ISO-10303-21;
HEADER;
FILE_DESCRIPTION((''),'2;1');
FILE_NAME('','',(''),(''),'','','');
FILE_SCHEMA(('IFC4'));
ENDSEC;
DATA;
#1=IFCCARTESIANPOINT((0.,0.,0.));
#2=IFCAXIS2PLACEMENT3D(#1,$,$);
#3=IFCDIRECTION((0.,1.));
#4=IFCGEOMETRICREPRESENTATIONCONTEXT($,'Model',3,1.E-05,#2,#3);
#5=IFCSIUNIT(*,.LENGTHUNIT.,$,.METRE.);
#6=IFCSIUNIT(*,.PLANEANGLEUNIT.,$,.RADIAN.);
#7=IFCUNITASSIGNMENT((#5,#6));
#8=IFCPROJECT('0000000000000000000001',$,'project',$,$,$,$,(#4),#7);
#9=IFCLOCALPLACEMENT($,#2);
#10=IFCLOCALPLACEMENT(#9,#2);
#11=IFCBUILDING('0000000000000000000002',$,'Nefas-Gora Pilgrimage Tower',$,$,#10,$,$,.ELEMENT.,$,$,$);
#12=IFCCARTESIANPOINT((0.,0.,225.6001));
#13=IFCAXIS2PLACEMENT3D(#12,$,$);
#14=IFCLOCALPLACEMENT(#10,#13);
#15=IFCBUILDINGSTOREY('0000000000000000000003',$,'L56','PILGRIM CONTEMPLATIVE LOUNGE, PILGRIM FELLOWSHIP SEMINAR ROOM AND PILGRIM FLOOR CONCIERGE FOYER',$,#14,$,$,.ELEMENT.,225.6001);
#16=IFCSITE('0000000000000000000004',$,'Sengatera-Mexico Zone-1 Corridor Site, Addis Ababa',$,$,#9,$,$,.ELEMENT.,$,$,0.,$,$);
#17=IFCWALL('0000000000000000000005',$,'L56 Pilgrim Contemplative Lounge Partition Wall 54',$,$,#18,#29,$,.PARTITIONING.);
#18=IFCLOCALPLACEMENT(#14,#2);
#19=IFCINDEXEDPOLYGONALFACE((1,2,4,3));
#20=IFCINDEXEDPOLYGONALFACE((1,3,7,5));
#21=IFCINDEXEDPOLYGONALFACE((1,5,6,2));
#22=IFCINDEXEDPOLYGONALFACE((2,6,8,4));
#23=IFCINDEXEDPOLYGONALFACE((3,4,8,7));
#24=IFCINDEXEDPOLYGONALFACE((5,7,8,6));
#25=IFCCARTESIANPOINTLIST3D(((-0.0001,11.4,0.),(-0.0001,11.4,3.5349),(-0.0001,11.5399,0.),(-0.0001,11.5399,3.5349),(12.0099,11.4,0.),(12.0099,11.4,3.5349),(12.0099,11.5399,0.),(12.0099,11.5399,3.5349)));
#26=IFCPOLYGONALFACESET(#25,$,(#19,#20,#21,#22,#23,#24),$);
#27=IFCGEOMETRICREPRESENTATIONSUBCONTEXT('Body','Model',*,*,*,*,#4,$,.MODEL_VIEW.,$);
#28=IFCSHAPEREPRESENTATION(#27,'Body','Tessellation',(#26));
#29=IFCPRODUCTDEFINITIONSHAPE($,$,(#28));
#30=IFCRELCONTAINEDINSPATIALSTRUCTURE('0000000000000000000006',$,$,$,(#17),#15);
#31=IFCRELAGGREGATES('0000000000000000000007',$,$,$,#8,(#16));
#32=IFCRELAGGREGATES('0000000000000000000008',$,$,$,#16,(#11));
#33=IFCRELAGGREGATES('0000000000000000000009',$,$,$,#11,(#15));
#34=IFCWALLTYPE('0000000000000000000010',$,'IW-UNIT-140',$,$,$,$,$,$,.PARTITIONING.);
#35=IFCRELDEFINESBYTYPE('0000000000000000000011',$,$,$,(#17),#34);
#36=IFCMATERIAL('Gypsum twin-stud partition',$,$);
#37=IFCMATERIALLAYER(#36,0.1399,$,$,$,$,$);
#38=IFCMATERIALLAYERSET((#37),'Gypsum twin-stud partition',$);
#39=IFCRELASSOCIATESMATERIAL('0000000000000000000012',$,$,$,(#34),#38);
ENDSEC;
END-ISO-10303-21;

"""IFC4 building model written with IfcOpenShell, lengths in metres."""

from ifc_helpers import new_model, si_unit, direction, frame, frame_2d, origin, place, context, subcontext, project, spatial, rectangle, extrude, source, transform, mapped, material, layer, layer_set, type_object, element, save


model = new_model("IFC4")

# Units and contexts
model_context = context("Model", 3, precision=1e-05, world=origin(), true_north=direction((0.0, 1.0)))
body_context = subcontext(model_context, "Body", "Model", "MODEL_VIEW")
ifc_project = project(units=[si_unit("LENGTHUNIT", "METRE"), si_unit("PLANEANGLEUNIT", "RADIAN")], contexts=[model_context])

# Site, building, storey
site_placement = place(None, origin())
site = spatial("IfcSite", under=ifc_project, at=site_placement, Name="Sengatera-Mexico Zone-1 Corridor Site, Addis Ababa", CompositionType="ELEMENT", RefElevation=0.0)
building_placement = place(site_placement, origin())
building = spatial("IfcBuilding", under=site, at=building_placement, Name="Nefas-Gora Pilgrimage Tower", CompositionType="ELEMENT")
storey_placement = place(building_placement, frame((0.0, 0.0, 225.6001)))
storey = spatial("IfcBuildingStorey", under=building, at=storey_placement, Name="L56", Description="PILGRIM CONTEMPLATIVE LOUNGE, PILGRIM FELLOWSHIP SEMINAR ROOM AND PILGRIM FLOOR CONCIERGE FOYER", CompositionType="ELEMENT", Elevation=225.6001)

# Shared definitions
ifc_material_1 = material(Name="Gypsum twin-stud partition")
ifc_layer_1 = layer(ifc_material_1, 0.1399)
ifc_layer_set_1 = layer_set([ifc_layer_1], Name="Gypsum twin-stud partition")
wall_type_1 = type_object("IfcWallType", Name="IW-UNIT-140", PredefinedType="PARTITIONING", material=ifc_layer_set_1)

# Wall
shared_shape_1 = source(origin(), body_context, "Body", "SweptSolid", [
    extrude(rectangle(XDim=12.01, YDim=0.1399, at=frame_2d((6.0049, 0.0))), origin(), (0.0, 0.0, 1.0), 3.5349),
])
wall_1_placement = place(storey_placement, frame((0.0, 11.47, 0.0), z_axis=(0.0, 0.0, 1.0), x_axis=(1.0, 0.0, 0.0)))
element("IfcWall", 1, at=wall_1_placement, inside=storey, type_object=wall_type_1, Name="L56 Pilgrim Contemplative Lounge Partition Wall 54", PredefinedType="PARTITIONING", context=body_context, shape_type="MappedRepresentation", body=[
    mapped(shared_shape_1, transform((0.0, 0.0, 0.0), x_axis=(1.0, 0.0, 0.0), y_axis=(0.0, 1.0, 0.0), z_axis=(0.0, 0.0, 1.0), scale=1.0)),
])

save(model, "model.ifc")
